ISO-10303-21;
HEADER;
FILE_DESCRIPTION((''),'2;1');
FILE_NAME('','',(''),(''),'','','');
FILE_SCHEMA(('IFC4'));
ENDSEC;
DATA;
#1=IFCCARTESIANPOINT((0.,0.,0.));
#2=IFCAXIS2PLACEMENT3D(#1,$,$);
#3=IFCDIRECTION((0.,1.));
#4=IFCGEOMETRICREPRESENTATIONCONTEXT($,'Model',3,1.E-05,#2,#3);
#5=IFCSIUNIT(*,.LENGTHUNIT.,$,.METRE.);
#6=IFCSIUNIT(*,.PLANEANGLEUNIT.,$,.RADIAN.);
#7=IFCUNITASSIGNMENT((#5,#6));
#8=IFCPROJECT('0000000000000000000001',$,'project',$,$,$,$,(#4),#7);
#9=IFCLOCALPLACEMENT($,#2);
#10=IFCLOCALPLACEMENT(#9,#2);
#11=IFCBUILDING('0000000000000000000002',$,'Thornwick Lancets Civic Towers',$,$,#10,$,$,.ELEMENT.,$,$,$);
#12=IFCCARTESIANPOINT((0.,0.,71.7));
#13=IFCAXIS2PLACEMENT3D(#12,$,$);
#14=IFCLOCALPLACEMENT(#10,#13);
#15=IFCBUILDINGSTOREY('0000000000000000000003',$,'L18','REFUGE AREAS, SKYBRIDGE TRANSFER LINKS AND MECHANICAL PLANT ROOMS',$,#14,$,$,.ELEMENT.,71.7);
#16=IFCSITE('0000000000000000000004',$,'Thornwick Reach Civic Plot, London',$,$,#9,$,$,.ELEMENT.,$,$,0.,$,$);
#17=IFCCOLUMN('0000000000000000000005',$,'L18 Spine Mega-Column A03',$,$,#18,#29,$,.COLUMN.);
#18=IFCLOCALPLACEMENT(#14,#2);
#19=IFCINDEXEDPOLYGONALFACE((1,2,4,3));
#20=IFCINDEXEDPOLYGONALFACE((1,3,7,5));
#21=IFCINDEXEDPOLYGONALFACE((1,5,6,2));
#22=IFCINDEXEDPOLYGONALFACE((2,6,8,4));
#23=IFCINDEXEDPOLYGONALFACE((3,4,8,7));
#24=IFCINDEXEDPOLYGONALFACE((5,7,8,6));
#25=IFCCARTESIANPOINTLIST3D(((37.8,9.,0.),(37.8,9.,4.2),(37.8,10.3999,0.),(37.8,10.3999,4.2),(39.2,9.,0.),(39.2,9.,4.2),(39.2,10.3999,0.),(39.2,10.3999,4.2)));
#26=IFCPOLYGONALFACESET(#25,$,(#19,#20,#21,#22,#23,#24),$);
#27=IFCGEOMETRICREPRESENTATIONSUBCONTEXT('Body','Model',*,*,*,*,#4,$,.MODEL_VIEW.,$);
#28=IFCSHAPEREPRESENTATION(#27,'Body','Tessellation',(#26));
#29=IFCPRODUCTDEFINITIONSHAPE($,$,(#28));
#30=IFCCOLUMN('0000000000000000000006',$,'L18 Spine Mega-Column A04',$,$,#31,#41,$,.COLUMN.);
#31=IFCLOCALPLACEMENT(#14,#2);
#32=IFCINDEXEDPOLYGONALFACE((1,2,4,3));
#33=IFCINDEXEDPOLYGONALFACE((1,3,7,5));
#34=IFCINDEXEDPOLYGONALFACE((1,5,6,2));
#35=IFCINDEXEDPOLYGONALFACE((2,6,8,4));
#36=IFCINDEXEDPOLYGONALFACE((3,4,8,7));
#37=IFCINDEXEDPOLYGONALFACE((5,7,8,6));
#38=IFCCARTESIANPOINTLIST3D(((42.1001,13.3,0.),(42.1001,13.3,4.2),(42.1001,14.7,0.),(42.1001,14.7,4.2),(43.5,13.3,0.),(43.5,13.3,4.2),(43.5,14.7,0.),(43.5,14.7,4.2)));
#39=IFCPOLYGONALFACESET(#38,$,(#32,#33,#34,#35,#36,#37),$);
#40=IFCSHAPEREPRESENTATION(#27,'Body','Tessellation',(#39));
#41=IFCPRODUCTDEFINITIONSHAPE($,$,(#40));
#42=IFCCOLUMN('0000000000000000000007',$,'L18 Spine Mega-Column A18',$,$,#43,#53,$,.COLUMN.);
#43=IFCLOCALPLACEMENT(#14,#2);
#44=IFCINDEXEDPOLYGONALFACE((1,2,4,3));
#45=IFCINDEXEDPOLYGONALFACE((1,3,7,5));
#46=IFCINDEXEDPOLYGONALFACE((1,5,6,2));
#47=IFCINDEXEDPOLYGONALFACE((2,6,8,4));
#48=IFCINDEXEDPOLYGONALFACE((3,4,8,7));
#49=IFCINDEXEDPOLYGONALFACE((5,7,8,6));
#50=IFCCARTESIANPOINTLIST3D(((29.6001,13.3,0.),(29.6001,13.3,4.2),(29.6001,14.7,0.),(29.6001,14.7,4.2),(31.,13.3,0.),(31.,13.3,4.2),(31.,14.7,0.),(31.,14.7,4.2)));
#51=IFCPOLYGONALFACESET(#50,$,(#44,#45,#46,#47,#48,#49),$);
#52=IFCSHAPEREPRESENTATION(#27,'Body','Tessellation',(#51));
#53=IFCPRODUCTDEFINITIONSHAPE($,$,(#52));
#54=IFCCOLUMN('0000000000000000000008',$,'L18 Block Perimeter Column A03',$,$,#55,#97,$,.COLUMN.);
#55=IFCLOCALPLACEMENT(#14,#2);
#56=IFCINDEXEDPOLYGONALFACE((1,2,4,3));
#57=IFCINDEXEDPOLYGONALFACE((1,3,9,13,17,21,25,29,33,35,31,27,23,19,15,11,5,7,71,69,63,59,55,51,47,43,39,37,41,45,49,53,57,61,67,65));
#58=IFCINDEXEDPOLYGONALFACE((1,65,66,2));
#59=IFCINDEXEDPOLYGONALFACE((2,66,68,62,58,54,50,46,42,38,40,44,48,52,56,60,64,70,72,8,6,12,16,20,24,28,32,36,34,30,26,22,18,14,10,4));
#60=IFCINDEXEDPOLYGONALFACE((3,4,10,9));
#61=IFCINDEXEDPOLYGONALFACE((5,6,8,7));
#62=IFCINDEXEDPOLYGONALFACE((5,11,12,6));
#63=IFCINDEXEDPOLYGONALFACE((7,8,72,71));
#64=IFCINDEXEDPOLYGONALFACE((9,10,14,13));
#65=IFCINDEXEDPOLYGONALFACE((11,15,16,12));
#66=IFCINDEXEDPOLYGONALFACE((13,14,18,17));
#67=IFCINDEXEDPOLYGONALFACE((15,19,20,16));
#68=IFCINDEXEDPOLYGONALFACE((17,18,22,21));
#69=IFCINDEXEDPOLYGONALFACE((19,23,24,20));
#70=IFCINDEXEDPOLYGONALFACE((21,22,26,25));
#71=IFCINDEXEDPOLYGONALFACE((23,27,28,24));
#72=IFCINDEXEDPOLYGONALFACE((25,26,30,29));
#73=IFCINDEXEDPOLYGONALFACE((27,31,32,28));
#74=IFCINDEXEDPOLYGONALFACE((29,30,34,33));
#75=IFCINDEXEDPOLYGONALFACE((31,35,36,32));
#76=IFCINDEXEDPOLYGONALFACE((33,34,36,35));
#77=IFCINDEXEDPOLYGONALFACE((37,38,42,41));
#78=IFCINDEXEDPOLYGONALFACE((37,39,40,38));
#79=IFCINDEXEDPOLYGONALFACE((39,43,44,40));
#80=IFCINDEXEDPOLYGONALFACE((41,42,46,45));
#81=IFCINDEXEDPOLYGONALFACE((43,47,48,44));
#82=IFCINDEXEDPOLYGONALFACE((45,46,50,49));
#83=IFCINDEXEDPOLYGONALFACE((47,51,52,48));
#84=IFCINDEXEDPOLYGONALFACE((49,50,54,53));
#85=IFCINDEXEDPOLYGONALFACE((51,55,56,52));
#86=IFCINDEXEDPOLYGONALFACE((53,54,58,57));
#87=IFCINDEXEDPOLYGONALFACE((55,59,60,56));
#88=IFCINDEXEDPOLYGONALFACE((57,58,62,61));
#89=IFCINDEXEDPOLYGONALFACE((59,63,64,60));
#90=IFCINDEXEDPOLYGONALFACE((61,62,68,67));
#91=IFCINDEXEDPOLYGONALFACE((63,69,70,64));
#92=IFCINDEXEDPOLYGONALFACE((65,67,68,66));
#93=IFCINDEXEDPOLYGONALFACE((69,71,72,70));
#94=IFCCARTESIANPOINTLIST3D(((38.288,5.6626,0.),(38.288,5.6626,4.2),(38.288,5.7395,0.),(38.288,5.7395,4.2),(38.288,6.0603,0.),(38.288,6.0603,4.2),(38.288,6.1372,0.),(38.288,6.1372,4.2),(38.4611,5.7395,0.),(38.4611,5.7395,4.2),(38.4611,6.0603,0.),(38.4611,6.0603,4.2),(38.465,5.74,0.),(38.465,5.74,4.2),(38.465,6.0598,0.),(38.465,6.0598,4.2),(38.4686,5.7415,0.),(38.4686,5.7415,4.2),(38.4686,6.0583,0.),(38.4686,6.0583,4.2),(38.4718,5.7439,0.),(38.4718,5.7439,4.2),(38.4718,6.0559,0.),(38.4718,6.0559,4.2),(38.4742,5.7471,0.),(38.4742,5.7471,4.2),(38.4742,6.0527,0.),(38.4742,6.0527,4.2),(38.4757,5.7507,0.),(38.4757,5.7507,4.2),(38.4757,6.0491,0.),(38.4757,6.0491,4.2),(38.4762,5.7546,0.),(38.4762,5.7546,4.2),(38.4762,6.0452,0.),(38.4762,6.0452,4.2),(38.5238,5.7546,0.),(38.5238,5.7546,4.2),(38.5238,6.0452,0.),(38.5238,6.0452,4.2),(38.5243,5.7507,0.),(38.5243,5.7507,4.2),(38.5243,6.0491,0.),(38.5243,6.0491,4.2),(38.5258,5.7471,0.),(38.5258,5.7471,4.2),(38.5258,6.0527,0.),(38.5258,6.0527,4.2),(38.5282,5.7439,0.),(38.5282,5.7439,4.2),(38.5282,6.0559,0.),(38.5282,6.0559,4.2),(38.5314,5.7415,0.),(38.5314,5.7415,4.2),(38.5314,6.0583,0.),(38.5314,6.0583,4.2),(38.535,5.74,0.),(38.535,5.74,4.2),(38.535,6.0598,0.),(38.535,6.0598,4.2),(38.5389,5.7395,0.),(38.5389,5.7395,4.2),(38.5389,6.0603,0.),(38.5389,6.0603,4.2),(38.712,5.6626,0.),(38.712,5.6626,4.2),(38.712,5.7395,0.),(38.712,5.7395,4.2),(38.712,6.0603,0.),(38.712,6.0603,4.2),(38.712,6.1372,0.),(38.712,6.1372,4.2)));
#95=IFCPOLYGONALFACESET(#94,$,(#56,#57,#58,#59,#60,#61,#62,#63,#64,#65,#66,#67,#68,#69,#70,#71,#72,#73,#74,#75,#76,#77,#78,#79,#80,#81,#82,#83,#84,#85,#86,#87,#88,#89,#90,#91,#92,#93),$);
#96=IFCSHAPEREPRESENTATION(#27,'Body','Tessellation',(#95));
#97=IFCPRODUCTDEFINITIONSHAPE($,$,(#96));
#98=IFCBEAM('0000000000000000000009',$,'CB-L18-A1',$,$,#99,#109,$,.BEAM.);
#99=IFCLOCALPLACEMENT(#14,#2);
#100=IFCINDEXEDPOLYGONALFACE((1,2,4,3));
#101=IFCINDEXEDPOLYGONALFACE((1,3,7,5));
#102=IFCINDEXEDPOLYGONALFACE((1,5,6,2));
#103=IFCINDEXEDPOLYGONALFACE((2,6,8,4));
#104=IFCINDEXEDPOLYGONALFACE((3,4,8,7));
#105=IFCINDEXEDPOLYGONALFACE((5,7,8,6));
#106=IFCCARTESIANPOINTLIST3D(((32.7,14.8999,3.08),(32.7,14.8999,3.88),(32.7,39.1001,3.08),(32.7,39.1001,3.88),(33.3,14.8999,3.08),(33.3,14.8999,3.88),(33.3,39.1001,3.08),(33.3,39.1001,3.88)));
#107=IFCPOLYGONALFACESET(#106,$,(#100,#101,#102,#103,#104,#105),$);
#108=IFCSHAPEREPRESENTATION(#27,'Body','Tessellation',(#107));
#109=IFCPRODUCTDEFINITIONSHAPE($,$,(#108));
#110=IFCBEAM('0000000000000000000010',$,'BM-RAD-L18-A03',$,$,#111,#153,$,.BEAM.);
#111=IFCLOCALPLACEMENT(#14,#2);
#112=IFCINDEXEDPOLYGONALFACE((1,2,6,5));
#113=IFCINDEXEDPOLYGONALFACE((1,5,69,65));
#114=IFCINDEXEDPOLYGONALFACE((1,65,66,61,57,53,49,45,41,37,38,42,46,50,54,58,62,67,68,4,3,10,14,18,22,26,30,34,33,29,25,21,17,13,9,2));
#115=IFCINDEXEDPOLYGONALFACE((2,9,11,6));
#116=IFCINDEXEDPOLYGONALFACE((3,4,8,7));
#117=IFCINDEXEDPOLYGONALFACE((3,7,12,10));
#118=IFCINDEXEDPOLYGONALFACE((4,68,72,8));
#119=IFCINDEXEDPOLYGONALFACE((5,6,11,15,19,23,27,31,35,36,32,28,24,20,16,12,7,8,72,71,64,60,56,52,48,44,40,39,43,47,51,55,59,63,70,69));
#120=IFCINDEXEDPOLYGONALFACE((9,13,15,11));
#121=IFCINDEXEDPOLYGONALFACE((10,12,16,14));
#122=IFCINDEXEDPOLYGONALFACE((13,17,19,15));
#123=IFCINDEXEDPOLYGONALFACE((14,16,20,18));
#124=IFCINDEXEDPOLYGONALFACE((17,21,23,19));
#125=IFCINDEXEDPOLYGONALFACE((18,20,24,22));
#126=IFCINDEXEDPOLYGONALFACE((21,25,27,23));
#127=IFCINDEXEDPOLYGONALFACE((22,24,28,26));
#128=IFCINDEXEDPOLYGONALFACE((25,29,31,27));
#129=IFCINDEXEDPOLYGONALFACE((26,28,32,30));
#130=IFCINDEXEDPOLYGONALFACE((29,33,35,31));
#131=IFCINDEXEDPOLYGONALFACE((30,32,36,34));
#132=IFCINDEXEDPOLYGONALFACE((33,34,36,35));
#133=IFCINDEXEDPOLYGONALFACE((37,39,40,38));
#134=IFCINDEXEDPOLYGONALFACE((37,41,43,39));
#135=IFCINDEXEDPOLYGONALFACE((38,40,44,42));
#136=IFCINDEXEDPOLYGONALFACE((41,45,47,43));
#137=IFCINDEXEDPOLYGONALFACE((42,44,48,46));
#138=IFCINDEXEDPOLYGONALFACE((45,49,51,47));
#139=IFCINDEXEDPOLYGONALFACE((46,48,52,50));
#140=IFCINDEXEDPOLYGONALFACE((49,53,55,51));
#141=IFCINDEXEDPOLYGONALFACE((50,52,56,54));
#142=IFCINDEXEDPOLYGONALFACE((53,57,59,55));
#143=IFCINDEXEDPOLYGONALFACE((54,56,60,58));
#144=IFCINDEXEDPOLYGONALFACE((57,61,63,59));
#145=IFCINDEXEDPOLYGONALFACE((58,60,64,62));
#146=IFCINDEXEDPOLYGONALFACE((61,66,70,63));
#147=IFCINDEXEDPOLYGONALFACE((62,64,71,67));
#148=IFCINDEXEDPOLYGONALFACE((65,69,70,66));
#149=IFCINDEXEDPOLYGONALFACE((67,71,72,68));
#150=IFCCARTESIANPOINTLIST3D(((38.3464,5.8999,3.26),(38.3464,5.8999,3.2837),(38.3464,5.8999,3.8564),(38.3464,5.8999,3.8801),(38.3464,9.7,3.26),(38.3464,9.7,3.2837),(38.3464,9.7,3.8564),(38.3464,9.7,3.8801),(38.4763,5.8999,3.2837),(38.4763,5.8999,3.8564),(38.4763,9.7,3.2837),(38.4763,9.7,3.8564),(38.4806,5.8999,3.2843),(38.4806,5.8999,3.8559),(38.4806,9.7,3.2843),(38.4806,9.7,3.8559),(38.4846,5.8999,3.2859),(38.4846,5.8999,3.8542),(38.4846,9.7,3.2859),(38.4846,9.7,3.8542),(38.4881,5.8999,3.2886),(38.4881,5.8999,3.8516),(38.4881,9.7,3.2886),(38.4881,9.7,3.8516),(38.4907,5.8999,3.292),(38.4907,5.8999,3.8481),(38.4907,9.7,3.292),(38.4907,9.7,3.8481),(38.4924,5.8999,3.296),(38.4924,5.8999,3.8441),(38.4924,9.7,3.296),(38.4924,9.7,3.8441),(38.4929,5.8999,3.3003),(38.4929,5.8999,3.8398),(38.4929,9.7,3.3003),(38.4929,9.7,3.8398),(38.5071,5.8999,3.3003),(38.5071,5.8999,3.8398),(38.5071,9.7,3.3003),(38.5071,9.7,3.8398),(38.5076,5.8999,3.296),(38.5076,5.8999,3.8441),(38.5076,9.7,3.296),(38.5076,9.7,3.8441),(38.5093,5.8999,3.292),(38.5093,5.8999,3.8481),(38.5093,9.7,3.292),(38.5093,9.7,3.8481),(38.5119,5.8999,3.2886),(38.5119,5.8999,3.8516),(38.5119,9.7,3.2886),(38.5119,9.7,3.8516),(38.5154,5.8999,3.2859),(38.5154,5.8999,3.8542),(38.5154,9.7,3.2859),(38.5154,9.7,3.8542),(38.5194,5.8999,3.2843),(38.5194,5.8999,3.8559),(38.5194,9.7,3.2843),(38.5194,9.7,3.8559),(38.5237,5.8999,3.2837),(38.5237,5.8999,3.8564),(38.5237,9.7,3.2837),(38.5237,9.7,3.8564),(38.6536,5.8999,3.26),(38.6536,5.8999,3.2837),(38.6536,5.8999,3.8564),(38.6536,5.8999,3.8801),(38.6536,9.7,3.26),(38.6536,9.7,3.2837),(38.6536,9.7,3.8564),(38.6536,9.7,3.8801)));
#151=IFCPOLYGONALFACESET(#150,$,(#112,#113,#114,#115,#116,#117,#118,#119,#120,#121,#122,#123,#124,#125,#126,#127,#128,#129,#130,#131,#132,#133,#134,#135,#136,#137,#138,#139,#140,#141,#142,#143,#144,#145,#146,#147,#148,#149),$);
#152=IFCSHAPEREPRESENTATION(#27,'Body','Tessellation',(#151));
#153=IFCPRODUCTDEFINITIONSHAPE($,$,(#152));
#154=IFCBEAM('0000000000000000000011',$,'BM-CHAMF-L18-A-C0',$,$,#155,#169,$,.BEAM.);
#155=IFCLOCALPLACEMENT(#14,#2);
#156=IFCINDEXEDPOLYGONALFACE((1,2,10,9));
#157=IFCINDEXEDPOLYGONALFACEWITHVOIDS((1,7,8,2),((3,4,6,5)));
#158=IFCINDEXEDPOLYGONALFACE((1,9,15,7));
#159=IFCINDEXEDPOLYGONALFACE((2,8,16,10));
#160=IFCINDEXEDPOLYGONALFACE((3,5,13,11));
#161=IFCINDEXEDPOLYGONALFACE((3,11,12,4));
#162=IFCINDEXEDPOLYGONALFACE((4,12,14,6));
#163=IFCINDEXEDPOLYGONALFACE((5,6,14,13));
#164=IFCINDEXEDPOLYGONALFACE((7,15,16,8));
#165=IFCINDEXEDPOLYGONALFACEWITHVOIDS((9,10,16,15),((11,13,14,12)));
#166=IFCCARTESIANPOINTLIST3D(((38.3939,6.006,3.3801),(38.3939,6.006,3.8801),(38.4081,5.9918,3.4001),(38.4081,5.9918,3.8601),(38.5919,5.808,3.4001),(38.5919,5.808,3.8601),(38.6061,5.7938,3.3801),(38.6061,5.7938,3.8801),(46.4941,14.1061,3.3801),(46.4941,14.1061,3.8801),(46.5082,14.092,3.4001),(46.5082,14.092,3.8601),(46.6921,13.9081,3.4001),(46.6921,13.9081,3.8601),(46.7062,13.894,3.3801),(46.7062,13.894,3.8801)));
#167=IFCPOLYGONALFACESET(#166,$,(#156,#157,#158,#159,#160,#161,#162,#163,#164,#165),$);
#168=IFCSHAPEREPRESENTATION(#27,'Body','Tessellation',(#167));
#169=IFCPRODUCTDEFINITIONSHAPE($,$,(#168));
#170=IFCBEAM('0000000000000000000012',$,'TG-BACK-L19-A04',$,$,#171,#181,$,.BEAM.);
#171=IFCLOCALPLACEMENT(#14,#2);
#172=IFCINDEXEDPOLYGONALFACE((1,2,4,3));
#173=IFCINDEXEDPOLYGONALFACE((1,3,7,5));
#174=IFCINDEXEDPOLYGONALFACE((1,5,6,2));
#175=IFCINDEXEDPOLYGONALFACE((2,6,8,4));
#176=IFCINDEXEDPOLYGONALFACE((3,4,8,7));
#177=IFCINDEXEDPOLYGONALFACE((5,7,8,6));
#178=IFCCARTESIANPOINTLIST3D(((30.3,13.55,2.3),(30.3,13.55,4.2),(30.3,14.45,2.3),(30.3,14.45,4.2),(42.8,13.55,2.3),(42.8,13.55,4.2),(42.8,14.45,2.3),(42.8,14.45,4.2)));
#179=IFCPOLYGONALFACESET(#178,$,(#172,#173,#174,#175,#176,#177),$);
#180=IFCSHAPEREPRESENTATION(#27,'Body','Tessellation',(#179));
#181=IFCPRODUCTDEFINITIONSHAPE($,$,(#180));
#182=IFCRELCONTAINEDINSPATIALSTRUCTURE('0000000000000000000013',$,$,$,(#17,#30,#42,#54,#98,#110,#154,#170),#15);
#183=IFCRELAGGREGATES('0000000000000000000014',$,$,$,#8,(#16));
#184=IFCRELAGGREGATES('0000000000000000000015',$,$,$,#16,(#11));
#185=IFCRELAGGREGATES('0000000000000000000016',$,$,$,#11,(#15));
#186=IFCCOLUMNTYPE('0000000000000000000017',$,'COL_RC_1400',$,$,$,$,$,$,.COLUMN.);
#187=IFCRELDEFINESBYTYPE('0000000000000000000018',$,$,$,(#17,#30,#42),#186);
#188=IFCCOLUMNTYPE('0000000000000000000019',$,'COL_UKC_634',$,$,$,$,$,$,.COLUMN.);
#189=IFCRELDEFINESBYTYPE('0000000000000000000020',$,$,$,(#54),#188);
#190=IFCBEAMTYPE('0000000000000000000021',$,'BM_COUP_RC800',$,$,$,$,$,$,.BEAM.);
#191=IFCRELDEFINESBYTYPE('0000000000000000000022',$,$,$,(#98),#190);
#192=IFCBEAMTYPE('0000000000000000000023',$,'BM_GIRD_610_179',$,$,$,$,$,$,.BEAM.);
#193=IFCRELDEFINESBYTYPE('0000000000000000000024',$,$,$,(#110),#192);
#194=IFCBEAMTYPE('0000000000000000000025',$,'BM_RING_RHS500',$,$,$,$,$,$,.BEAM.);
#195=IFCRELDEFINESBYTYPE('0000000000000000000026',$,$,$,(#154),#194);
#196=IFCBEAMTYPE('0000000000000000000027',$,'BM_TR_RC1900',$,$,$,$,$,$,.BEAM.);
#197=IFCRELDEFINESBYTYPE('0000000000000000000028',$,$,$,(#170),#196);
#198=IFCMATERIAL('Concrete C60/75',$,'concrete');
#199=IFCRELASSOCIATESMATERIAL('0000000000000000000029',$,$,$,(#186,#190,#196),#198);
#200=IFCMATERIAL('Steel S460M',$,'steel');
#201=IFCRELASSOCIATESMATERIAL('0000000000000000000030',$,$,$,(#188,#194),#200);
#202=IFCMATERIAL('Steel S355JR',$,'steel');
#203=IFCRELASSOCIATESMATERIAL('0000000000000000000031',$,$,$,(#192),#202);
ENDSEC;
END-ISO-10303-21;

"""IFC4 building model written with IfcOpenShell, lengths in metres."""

from ifc_helpers import new_model, si_unit, direction, frame, origin, origin_2d, place, context, subcontext, project, spatial, rectangle, hollow_rectangle, i_section, extrude, material, material_profile, profile_set, type_object, element, save


model = new_model("IFC4")

# Units and contexts
model_context = context("Model", 3, precision=1e-05, world=origin(), true_north=direction((0.0, 1.0)))
body_context = subcontext(model_context, "Body", "Model", "MODEL_VIEW")
ifc_project = project(units=[si_unit("LENGTHUNIT", "METRE"), si_unit("PLANEANGLEUNIT", "RADIAN")], contexts=[model_context])

# Site, building, storey
site_placement = place(None, origin())
site = spatial("IfcSite", under=ifc_project, at=site_placement, Name="Thornwick Reach Civic Plot, London", CompositionType="ELEMENT", RefElevation=0.0)
building_placement = place(site_placement, origin())
building = spatial("IfcBuilding", under=site, at=building_placement, Name="Thornwick Lancets Civic Towers", CompositionType="ELEMENT")
storey_placement = place(building_placement, frame((0.0, 0.0, 71.7)))
storey = spatial("IfcBuildingStorey", under=building, at=storey_placement, Name="L18", Description="REFUGE AREAS, SKYBRIDGE TRANSFER LINKS AND MECHANICAL PLANT ROOMS", CompositionType="ELEMENT", Elevation=71.7)

# Columns
ifc_material_1 = material(Name="Concrete C60/75", Category="concrete")
ifc_material_profile_1 = material_profile(ifc_material_1, rectangle(XDim=1.3999, YDim=1.3999, at=origin_2d()), Name="RC 1400x1400")
ifc_profile_set_1 = profile_set([ifc_material_profile_1], Name="Concrete C60/75")
column_type_1 = type_object("IfcColumnType", Name="COL_RC_1400", PredefinedType="COLUMN", material=ifc_profile_set_1)
for number, where, z_axis, x_axis, name in (
    (1, (38.5, 9.7, 0.0), (0.0, 0.0, 1.0), (1.0, 0.0, 0.0), "L18 Spine Mega-Column A03"),
    (2, (42.8, 14.0, 0.0), (0.0, 0.0, 1.0), (1.0, 0.0, 0.0), "L18 Spine Mega-Column A04"),
    (3, (30.3, 14.0, 0.0), (0.0, 0.0, 1.0), (1.0, 0.0, 0.0), "L18 Spine Mega-Column A18"),
):
    element("IfcColumn", number, at=place(storey_placement, frame(where, z_axis=z_axis, x_axis=x_axis)), inside=storey, type_object=column_type_1, Name=name, PredefinedType="COLUMN", context=body_context, shape_type="SweptSolid", body=[
        extrude(rectangle(XDim=1.3999, YDim=1.3999, at=origin_2d()), origin(), (0.0, 0.0, 1.0), 4.2),
    ])
ifc_material_2 = material(Name="Steel S460M", Category="steel")
ifc_material_profile_2 = material_profile(ifc_material_2, i_section(OverallWidth=0.4241, OverallDepth=0.4746, WebThickness=0.0476, FlangeThickness=0.0769, FilletRadius=0.0151, at=origin_2d()), Name="UKC 356x406x634")
ifc_profile_set_2 = profile_set([ifc_material_profile_2], Name="Steel S460M")
column_type_2 = type_object("IfcColumnType", Name="COL_UKC_634", PredefinedType="COLUMN", material=ifc_profile_set_2)
column_placement = place(storey_placement, frame((38.5, 5.8999, 0.0), z_axis=(0.0, 0.0, 1.0), x_axis=(1.0, 0.0, 0.0)))
element("IfcColumn", 4, at=column_placement, inside=storey, type_object=column_type_2, Name="L18 Block Perimeter Column A03", PredefinedType="COLUMN", context=body_context, shape_type="SweptSolid", body=[
    extrude(i_section(OverallWidth=0.4241, OverallDepth=0.4746, WebThickness=0.0476, FlangeThickness=0.0769, FilletRadius=0.0151, at=origin_2d()), origin(), (0.0, 0.0, 1.0), 4.2),
])

# Beams
ifc_material_profile_3 = material_profile(ifc_material_1, rectangle(XDim=0.6001, YDim=0.8, at=origin_2d()), Name="RC 600x800")
ifc_profile_set_3 = profile_set([ifc_material_profile_3], Name="Concrete C60/75")
beam_type_1 = type_object("IfcBeamType", Name="BM_COUP_RC800", PredefinedType="BEAM", material=ifc_profile_set_3)
beam_1_placement = place(storey_placement, frame((33.0, 14.8999, 3.48), z_axis=(0.0, 1.0, 0.0), x_axis=(-1.0, 0.0, 0.0)))
element("IfcBeam", 5, at=beam_1_placement, inside=storey, type_object=beam_type_1, Name="CB-L18-A1", PredefinedType="BEAM", context=body_context, shape_type="SweptSolid", body=[
    extrude(rectangle(XDim=0.6001, YDim=0.8, at=origin_2d()), origin(), (0.0, 0.0, 1.0), 24.2002),
])
ifc_material_3 = material(Name="Steel S355JR", Category="steel")
ifc_material_profile_4 = material_profile(ifc_material_3, i_section(OverallWidth=0.3071, OverallDepth=0.6201, WebThickness=0.0142, FlangeThickness=0.0237, FilletRadius=0.0166, at=origin_2d()), Name="UKB 610x305x179")
ifc_profile_set_4 = profile_set([ifc_material_profile_4], Name="Steel S355JR")
beam_type_2 = type_object("IfcBeamType", Name="BM_GIRD_610_179", PredefinedType="BEAM", material=ifc_profile_set_4)
beam_2_placement = place(storey_placement, frame((38.5, 9.7, 3.5701), z_axis=(0.0, -1.0, 0.0), x_axis=(1.0, 0.0, 0.0)))
element("IfcBeam", 6, at=beam_2_placement, inside=storey, type_object=beam_type_2, Name="BM-RAD-L18-A03", PredefinedType="BEAM", context=body_context, shape_type="SweptSolid", body=[
    extrude(i_section(OverallWidth=0.3071, OverallDepth=0.6201, WebThickness=0.0142, FlangeThickness=0.0237, FilletRadius=0.0166, at=origin_2d()), origin(), (0.0, 0.0, 1.0), 3.8),
])
ifc_material_profile_5 = material_profile(ifc_material_2, hollow_rectangle(XDim=0.3, YDim=0.5, WallThickness=0.02, at=origin_2d()), Name="RHS 500x300x20")
ifc_profile_set_5 = profile_set([ifc_material_profile_5], Name="Steel S460M")
beam_type_3 = type_object("IfcBeamType", Name="BM_RING_RHS500", PredefinedType="BEAM", material=ifc_profile_set_5)
beam_3_placement = place(storey_placement, frame((38.5, 5.8999, 3.6301), z_axis=(0.707107, 0.707107, 0.0), x_axis=(-0.707107, 0.707107, 0.0)))
element("IfcBeam", 7, at=beam_3_placement, inside=storey, type_object=beam_type_3, Name="BM-CHAMF-L18-A-C0", PredefinedType="BEAM", context=body_context, shape_type="SweptSolid", body=[
    extrude(hollow_rectangle(XDim=0.3, YDim=0.5, WallThickness=0.02, at=origin_2d()), origin(), (0.0, 0.0, 1.0), 11.4553),
])
ifc_material_profile_6 = material_profile(ifc_material_1, rectangle(XDim=0.8999, YDim=1.8999, at=origin_2d()), Name="RC 900x1900")
ifc_profile_set_6 = profile_set([ifc_material_profile_6], Name="Concrete C60/75")
beam_type_4 = type_object("IfcBeamType", Name="BM_TR_RC1900", PredefinedType="BEAM", material=ifc_profile_set_6)
beam_4_placement = place(storey_placement, frame((30.3, 14.0, 3.25), z_axis=(1.0, 0.0, 0.0), x_axis=(0.0, 1.0, 0.0)))
element("IfcBeam", 8, at=beam_4_placement, inside=storey, type_object=beam_type_4, Name="TG-BACK-L19-A04", PredefinedType="BEAM", context=body_context, shape_type="SweptSolid", body=[
    extrude(rectangle(XDim=0.8999, YDim=1.8999, at=origin_2d()), origin(), (0.0, 0.0, 1.0), 12.5),
])

save(model, "model.ifc")
